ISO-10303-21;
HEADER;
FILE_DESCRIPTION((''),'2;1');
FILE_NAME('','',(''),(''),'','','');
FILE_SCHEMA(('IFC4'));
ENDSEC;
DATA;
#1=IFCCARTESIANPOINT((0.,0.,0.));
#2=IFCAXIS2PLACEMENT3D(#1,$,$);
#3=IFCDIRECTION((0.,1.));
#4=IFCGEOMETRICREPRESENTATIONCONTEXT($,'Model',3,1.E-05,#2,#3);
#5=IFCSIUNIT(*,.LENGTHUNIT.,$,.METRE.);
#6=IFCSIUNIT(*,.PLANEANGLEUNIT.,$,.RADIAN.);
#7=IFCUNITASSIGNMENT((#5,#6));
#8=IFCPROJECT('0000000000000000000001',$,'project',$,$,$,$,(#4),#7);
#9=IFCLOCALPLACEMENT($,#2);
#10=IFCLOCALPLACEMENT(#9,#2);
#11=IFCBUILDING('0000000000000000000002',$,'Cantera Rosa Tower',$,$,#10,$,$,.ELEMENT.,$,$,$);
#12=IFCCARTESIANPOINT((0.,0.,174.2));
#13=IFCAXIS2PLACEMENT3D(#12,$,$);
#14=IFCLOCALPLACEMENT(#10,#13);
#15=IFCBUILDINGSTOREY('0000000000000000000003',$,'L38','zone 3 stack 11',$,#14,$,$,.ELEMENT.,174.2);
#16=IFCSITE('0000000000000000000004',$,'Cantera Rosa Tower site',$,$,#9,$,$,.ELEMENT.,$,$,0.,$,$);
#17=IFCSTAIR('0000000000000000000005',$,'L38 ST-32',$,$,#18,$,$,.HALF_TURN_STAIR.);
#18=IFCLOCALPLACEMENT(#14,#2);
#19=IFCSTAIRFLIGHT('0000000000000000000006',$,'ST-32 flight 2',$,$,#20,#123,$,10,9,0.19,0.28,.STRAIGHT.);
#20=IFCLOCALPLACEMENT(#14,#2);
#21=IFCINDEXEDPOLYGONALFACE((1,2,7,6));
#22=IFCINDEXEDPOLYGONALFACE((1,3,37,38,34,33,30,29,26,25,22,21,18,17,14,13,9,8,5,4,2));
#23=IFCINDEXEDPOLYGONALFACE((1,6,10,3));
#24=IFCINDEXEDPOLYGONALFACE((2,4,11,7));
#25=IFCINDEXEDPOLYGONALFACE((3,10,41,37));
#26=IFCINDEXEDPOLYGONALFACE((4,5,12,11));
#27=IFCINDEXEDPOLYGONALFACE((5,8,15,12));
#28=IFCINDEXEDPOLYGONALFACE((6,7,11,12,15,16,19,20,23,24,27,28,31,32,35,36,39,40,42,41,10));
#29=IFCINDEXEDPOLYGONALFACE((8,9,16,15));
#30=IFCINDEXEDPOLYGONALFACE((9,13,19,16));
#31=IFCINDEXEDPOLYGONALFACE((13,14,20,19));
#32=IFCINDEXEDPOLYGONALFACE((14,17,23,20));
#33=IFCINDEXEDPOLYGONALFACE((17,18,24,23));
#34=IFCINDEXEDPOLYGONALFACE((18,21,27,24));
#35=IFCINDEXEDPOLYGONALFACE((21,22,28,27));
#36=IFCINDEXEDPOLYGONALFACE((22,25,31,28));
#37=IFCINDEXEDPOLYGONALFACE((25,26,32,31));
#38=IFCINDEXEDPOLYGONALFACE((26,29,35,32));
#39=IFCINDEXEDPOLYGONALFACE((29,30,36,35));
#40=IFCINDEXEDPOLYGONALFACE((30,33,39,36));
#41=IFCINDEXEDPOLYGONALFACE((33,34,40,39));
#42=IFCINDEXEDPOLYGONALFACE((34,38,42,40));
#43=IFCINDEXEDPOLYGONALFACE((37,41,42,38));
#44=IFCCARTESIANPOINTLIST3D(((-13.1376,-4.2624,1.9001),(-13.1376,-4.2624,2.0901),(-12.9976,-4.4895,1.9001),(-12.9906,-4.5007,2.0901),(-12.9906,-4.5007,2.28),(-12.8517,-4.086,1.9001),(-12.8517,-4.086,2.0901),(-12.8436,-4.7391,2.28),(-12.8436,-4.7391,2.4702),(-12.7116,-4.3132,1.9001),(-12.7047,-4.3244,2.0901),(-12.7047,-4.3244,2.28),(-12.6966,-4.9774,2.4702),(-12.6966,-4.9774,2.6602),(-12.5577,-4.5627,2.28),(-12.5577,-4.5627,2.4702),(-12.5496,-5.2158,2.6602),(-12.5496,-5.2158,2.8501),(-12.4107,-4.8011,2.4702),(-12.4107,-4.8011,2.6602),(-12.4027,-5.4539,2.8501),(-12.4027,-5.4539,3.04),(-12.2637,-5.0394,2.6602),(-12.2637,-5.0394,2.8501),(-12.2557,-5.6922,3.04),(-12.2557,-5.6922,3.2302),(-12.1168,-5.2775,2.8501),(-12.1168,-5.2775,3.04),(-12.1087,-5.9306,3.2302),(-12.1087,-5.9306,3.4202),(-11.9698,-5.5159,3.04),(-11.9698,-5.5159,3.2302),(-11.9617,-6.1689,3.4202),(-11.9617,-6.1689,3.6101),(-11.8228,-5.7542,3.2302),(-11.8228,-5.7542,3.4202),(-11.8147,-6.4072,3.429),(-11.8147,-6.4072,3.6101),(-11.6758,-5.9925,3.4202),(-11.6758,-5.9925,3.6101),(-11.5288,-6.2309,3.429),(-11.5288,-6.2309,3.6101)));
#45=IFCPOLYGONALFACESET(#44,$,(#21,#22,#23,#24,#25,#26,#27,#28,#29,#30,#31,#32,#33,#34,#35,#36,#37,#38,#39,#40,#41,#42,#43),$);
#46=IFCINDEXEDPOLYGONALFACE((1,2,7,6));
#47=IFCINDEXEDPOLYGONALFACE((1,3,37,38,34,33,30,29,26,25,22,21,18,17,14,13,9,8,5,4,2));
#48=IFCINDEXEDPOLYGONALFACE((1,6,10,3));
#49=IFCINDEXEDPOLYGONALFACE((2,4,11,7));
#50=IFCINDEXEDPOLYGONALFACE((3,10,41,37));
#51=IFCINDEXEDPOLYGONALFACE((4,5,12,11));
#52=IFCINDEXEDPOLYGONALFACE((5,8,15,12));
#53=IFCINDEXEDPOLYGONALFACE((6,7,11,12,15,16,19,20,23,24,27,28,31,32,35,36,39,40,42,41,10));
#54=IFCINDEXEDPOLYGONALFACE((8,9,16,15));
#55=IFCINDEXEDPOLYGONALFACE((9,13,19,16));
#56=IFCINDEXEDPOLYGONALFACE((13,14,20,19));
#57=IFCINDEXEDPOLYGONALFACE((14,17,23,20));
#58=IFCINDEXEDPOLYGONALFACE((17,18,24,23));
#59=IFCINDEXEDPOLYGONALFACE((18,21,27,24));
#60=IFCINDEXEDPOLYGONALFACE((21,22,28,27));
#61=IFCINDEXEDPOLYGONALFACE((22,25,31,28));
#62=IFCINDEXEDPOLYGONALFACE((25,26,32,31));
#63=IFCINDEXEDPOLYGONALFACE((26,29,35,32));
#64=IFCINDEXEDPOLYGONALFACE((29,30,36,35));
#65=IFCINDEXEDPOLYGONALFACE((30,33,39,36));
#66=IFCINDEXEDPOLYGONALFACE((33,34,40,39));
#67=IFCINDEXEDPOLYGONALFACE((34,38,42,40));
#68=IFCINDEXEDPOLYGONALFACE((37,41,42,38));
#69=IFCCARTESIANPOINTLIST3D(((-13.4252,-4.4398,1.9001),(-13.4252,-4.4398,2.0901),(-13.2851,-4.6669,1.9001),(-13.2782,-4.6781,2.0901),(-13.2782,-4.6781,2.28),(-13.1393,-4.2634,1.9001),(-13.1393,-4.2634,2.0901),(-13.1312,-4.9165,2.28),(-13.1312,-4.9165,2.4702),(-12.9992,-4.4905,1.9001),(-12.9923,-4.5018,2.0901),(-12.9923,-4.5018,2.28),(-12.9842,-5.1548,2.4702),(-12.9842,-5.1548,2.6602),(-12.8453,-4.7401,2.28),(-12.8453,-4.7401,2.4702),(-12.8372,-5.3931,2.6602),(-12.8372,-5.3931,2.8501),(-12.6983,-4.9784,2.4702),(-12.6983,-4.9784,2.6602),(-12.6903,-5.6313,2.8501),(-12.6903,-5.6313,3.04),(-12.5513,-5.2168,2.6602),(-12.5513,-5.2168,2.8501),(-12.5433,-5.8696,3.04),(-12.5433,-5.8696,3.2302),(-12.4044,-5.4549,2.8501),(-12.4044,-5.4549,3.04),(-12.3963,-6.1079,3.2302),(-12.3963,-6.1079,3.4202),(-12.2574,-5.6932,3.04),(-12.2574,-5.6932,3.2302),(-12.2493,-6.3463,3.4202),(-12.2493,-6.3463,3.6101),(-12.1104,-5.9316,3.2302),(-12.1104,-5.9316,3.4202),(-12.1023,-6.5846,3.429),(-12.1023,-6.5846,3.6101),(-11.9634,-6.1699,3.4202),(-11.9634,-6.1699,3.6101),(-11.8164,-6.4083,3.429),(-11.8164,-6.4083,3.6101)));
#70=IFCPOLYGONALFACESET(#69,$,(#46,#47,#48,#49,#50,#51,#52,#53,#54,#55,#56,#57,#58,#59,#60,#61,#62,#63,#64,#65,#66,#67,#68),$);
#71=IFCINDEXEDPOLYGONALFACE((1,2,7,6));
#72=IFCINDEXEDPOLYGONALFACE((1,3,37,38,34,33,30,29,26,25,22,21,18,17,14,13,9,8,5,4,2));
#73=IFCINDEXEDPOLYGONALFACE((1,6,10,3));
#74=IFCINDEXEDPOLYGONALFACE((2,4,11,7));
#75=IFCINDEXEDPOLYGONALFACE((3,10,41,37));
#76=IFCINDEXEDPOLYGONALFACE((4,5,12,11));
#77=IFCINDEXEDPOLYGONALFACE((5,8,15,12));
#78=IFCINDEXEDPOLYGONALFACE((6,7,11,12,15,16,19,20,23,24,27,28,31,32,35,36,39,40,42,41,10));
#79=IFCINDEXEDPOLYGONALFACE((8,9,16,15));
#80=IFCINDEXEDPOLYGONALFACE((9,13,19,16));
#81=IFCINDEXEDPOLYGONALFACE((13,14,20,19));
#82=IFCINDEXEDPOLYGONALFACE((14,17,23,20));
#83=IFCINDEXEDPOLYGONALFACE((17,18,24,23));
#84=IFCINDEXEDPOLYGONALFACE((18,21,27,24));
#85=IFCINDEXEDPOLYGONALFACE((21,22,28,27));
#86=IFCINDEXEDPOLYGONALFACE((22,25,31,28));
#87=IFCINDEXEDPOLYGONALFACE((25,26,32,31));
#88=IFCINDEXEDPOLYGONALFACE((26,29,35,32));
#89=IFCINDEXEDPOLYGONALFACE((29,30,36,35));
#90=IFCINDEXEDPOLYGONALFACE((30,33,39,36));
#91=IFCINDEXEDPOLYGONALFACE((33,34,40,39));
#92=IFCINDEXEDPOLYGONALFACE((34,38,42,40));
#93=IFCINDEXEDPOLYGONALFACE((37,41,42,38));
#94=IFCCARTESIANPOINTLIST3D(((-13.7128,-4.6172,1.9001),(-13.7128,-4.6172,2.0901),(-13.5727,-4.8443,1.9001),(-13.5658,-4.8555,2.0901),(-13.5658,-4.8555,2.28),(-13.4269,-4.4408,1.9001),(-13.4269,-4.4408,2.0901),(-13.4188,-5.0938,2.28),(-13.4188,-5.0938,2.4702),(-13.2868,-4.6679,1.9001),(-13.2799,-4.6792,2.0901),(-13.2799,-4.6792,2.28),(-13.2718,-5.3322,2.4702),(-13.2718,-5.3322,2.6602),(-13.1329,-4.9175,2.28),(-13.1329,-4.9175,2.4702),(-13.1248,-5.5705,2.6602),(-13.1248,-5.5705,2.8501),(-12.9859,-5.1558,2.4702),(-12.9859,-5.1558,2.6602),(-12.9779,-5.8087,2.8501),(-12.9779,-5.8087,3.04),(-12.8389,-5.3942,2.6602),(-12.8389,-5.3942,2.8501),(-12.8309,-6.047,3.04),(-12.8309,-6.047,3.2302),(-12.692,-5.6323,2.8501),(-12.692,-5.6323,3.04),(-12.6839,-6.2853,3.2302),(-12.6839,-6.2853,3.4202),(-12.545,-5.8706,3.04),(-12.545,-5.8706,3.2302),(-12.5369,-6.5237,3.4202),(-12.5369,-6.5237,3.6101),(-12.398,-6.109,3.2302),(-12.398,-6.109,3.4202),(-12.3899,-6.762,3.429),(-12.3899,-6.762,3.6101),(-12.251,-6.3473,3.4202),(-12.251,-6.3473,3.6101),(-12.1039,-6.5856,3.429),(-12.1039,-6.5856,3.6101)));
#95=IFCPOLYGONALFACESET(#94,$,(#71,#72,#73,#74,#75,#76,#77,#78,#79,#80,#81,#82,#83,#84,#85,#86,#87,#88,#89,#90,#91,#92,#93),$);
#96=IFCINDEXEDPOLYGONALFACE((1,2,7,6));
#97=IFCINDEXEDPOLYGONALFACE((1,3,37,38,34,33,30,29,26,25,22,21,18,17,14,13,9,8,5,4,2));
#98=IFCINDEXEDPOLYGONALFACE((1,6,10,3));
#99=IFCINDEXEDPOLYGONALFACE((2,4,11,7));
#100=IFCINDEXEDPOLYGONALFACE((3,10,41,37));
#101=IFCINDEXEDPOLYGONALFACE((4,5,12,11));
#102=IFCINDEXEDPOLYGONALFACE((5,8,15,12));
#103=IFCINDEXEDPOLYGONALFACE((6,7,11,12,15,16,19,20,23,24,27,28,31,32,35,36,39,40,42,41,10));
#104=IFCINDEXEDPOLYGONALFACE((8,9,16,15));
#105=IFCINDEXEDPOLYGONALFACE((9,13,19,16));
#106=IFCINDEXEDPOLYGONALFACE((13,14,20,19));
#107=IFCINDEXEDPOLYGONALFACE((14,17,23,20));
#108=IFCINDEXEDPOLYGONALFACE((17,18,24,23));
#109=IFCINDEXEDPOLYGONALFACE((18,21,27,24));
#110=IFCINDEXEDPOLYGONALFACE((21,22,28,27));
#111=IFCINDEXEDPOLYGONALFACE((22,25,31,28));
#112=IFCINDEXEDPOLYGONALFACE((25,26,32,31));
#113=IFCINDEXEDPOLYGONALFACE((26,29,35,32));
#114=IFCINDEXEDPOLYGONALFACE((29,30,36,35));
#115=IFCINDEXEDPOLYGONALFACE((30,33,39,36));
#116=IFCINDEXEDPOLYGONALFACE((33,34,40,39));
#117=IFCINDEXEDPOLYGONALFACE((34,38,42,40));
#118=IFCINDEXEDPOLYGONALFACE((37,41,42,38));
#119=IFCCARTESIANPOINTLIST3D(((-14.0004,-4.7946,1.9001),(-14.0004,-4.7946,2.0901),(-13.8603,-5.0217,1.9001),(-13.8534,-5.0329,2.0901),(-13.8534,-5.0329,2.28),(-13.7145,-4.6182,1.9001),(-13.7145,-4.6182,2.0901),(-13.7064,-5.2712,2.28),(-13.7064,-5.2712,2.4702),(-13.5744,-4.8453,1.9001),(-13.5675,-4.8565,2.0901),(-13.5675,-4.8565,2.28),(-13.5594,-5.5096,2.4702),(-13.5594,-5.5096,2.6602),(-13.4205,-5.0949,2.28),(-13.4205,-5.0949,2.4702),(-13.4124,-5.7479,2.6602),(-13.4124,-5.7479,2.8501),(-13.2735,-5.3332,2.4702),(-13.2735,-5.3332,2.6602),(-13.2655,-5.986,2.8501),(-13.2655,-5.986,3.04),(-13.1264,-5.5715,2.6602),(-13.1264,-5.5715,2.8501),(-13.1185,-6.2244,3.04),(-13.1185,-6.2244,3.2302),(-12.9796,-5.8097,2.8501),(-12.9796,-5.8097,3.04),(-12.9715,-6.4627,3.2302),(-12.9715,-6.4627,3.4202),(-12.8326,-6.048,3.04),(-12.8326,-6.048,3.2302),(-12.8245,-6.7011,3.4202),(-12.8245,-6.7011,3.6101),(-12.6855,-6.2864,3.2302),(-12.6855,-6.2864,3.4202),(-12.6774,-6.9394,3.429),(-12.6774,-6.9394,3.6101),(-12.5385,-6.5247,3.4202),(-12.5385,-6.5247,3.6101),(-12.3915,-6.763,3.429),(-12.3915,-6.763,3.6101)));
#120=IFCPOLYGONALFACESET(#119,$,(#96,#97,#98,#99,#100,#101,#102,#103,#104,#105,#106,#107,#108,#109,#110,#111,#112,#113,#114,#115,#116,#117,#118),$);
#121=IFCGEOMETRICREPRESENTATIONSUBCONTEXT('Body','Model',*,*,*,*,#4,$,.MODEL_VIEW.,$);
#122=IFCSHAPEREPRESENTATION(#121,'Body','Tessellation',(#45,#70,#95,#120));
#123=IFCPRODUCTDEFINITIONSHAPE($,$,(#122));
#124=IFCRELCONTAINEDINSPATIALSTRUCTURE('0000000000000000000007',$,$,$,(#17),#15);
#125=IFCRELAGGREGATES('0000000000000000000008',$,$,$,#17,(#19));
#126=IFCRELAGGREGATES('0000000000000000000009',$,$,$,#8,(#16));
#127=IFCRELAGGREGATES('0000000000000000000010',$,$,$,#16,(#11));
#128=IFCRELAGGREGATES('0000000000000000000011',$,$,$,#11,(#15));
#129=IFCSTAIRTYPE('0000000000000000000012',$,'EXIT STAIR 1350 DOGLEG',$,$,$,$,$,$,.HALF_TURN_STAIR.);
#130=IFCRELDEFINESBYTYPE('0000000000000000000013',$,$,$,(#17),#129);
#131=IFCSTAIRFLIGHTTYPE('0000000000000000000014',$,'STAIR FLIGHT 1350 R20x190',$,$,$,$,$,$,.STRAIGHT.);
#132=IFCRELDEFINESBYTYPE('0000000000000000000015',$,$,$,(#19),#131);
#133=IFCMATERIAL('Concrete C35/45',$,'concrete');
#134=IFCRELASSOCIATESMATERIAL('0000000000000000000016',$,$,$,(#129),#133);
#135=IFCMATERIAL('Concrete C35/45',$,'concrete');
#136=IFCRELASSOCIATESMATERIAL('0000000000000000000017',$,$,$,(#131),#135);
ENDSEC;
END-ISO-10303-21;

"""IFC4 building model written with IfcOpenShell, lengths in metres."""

from ifc_helpers import new_model, si_unit, direction, frame, origin, place, context, subcontext, project, spatial, polyline, outline, extrude, material, type_object, element, aggregate, save


model = new_model("IFC4")

# Units and contexts
model_context = context("Model", 3, precision=1e-05, world=origin(), true_north=direction((0.0, 1.0)))
body_context = subcontext(model_context, "Body", "Model", "MODEL_VIEW")
ifc_project = project(units=[si_unit("LENGTHUNIT", "METRE"), si_unit("PLANEANGLEUNIT", "RADIAN")], contexts=[model_context])

# Site, building, storey
site_placement = place(None, origin())
site = spatial("IfcSite", under=ifc_project, at=site_placement, Name="Cantera Rosa Tower site", CompositionType="ELEMENT", RefElevation=0.0)
building_placement = place(site_placement, origin())
building = spatial("IfcBuilding", under=site, at=building_placement, Name="Cantera Rosa Tower", CompositionType="ELEMENT")
storey_placement = place(building_placement, frame((0.0, 0.0, 174.2)))
storey = spatial("IfcBuildingStorey", under=building, at=storey_placement, Name="L38", Description="zone 3 stack 11", CompositionType="ELEMENT", Elevation=174.2)

# Stair, stair flight
ifc_material_1 = material(Name="Concrete C35/45", Category="concrete")
stair_type = type_object("IfcStairType", Name="EXIT STAIR 1350 DOGLEG", PredefinedType="HALF_TURN_STAIR", material=ifc_material_1)
stair_1_placement = place(storey_placement, origin())
stair_1 = element("IfcStair", 1, at=stair_1_placement, inside=storey, type_object=stair_type, Name="L38 ST-32", PredefinedType="HALF_TURN_STAIR")
ifc_material_2 = material(Name="Concrete C35/45", Category="concrete")
stair_flight_type = type_object("IfcStairFlightType", Name="STAIR FLIGHT 1350 R20x190", PredefinedType="STRAIGHT", material=ifc_material_2)
stair_flight_1_placement = place(storey_placement, frame((-13.4263, -4.4404, 1.9001), z_axis=(0.0, 0.0, 1.0), x_axis=(0.524977, -0.851117, 0.0)))
stair_flight_1 = element("IfcStairFlight", 2, at=stair_flight_1_placement, type_object=stair_flight_type, Name="ST-32 flight 2", NumberOfRisers=10, NumberOfTreads=9, PredefinedType="STRAIGHT", RiserHeight=0.19, TreadLength=0.28, context=body_context, shape_type="SweptSolid", body=[
    extrude(outline(polyline([(0.0, 0.0), (0.0, 0.1899), (0.28, 0.1899), (0.28, 0.3799), (0.5601, 0.3799), (0.5601, 0.5701), (0.8401, 0.5701), (0.8401, 0.76), (1.1201, 0.76), (1.1201, 0.95), (1.3999, 0.95), (1.3999, 1.1399), (1.6799, 1.1399), (1.6799, 1.3301), (1.96, 1.3301), (1.96, 1.52), (2.24, 1.52), (2.24, 1.71), (2.52, 1.71), (2.52, 1.8999), (2.52, 1.5288), (0.2668, 0.0), (0.0, 0.0)])), frame((0.0, 0.675, 0.0), z_axis=(0.0, -1.0, 0.0), x_axis=(1.0, 0.0, 0.0)), (0.0, 0.0, 1.0), 0.3359),
    extrude(outline(polyline([(0.0, 0.0), (0.0, 0.1899), (0.28, 0.1899), (0.28, 0.3799), (0.5601, 0.3799), (0.5601, 0.5701), (0.8401, 0.5701), (0.8401, 0.76), (1.1201, 0.76), (1.1201, 0.95), (1.3999, 0.95), (1.3999, 1.1399), (1.6799, 1.1399), (1.6799, 1.3301), (1.96, 1.3301), (1.96, 1.52), (2.24, 1.52), (2.24, 1.71), (2.52, 1.71), (2.52, 1.8999), (2.52, 1.5288), (0.2668, 0.0), (0.0, 0.0)])), frame((0.0, 0.3372, 0.0), z_axis=(0.0, -1.0, 0.0), x_axis=(1.0, 0.0, 0.0)), (0.0, 0.0, 1.0), 0.3359),
    extrude(outline(polyline([(0.0, 0.0), (0.0, 0.1899), (0.28, 0.1899), (0.28, 0.3799), (0.5601, 0.3799), (0.5601, 0.5701), (0.8401, 0.5701), (0.8401, 0.76), (1.1201, 0.76), (1.1201, 0.95), (1.3999, 0.95), (1.3999, 1.1399), (1.6799, 1.1399), (1.6799, 1.3301), (1.96, 1.3301), (1.96, 1.52), (2.24, 1.52), (2.24, 1.71), (2.52, 1.71), (2.52, 1.8999), (2.52, 1.5288), (0.2668, 0.0), (0.0, 0.0)])), frame((0.0, -0.0007, 0.0), z_axis=(0.0, -1.0, 0.0), x_axis=(1.0, 0.0, 0.0)), (0.0, 0.0, 1.0), 0.3359),
    extrude(outline(polyline([(0.0, 0.0), (0.0, 0.1899), (0.28, 0.1899), (0.28, 0.3799), (0.5601, 0.3799), (0.5601, 0.5701), (0.8401, 0.5701), (0.8401, 0.76), (1.1201, 0.76), (1.1201, 0.95), (1.3999, 0.95), (1.3999, 1.1399), (1.6799, 1.1399), (1.6799, 1.3301), (1.96, 1.3301), (1.96, 1.52), (2.24, 1.52), (2.24, 1.71), (2.52, 1.71), (2.52, 1.8999), (2.52, 1.5288), (0.2668, 0.0), (0.0, 0.0)])), frame((0.0, -0.3386, 0.0), z_axis=(0.0, -1.0, 0.0), x_axis=(1.0, 0.0, 0.0)), (0.0, 0.0, 1.0), 0.3359),
])
aggregate(stair_1, [stair_flight_1])

save(model, "model.ifc")
